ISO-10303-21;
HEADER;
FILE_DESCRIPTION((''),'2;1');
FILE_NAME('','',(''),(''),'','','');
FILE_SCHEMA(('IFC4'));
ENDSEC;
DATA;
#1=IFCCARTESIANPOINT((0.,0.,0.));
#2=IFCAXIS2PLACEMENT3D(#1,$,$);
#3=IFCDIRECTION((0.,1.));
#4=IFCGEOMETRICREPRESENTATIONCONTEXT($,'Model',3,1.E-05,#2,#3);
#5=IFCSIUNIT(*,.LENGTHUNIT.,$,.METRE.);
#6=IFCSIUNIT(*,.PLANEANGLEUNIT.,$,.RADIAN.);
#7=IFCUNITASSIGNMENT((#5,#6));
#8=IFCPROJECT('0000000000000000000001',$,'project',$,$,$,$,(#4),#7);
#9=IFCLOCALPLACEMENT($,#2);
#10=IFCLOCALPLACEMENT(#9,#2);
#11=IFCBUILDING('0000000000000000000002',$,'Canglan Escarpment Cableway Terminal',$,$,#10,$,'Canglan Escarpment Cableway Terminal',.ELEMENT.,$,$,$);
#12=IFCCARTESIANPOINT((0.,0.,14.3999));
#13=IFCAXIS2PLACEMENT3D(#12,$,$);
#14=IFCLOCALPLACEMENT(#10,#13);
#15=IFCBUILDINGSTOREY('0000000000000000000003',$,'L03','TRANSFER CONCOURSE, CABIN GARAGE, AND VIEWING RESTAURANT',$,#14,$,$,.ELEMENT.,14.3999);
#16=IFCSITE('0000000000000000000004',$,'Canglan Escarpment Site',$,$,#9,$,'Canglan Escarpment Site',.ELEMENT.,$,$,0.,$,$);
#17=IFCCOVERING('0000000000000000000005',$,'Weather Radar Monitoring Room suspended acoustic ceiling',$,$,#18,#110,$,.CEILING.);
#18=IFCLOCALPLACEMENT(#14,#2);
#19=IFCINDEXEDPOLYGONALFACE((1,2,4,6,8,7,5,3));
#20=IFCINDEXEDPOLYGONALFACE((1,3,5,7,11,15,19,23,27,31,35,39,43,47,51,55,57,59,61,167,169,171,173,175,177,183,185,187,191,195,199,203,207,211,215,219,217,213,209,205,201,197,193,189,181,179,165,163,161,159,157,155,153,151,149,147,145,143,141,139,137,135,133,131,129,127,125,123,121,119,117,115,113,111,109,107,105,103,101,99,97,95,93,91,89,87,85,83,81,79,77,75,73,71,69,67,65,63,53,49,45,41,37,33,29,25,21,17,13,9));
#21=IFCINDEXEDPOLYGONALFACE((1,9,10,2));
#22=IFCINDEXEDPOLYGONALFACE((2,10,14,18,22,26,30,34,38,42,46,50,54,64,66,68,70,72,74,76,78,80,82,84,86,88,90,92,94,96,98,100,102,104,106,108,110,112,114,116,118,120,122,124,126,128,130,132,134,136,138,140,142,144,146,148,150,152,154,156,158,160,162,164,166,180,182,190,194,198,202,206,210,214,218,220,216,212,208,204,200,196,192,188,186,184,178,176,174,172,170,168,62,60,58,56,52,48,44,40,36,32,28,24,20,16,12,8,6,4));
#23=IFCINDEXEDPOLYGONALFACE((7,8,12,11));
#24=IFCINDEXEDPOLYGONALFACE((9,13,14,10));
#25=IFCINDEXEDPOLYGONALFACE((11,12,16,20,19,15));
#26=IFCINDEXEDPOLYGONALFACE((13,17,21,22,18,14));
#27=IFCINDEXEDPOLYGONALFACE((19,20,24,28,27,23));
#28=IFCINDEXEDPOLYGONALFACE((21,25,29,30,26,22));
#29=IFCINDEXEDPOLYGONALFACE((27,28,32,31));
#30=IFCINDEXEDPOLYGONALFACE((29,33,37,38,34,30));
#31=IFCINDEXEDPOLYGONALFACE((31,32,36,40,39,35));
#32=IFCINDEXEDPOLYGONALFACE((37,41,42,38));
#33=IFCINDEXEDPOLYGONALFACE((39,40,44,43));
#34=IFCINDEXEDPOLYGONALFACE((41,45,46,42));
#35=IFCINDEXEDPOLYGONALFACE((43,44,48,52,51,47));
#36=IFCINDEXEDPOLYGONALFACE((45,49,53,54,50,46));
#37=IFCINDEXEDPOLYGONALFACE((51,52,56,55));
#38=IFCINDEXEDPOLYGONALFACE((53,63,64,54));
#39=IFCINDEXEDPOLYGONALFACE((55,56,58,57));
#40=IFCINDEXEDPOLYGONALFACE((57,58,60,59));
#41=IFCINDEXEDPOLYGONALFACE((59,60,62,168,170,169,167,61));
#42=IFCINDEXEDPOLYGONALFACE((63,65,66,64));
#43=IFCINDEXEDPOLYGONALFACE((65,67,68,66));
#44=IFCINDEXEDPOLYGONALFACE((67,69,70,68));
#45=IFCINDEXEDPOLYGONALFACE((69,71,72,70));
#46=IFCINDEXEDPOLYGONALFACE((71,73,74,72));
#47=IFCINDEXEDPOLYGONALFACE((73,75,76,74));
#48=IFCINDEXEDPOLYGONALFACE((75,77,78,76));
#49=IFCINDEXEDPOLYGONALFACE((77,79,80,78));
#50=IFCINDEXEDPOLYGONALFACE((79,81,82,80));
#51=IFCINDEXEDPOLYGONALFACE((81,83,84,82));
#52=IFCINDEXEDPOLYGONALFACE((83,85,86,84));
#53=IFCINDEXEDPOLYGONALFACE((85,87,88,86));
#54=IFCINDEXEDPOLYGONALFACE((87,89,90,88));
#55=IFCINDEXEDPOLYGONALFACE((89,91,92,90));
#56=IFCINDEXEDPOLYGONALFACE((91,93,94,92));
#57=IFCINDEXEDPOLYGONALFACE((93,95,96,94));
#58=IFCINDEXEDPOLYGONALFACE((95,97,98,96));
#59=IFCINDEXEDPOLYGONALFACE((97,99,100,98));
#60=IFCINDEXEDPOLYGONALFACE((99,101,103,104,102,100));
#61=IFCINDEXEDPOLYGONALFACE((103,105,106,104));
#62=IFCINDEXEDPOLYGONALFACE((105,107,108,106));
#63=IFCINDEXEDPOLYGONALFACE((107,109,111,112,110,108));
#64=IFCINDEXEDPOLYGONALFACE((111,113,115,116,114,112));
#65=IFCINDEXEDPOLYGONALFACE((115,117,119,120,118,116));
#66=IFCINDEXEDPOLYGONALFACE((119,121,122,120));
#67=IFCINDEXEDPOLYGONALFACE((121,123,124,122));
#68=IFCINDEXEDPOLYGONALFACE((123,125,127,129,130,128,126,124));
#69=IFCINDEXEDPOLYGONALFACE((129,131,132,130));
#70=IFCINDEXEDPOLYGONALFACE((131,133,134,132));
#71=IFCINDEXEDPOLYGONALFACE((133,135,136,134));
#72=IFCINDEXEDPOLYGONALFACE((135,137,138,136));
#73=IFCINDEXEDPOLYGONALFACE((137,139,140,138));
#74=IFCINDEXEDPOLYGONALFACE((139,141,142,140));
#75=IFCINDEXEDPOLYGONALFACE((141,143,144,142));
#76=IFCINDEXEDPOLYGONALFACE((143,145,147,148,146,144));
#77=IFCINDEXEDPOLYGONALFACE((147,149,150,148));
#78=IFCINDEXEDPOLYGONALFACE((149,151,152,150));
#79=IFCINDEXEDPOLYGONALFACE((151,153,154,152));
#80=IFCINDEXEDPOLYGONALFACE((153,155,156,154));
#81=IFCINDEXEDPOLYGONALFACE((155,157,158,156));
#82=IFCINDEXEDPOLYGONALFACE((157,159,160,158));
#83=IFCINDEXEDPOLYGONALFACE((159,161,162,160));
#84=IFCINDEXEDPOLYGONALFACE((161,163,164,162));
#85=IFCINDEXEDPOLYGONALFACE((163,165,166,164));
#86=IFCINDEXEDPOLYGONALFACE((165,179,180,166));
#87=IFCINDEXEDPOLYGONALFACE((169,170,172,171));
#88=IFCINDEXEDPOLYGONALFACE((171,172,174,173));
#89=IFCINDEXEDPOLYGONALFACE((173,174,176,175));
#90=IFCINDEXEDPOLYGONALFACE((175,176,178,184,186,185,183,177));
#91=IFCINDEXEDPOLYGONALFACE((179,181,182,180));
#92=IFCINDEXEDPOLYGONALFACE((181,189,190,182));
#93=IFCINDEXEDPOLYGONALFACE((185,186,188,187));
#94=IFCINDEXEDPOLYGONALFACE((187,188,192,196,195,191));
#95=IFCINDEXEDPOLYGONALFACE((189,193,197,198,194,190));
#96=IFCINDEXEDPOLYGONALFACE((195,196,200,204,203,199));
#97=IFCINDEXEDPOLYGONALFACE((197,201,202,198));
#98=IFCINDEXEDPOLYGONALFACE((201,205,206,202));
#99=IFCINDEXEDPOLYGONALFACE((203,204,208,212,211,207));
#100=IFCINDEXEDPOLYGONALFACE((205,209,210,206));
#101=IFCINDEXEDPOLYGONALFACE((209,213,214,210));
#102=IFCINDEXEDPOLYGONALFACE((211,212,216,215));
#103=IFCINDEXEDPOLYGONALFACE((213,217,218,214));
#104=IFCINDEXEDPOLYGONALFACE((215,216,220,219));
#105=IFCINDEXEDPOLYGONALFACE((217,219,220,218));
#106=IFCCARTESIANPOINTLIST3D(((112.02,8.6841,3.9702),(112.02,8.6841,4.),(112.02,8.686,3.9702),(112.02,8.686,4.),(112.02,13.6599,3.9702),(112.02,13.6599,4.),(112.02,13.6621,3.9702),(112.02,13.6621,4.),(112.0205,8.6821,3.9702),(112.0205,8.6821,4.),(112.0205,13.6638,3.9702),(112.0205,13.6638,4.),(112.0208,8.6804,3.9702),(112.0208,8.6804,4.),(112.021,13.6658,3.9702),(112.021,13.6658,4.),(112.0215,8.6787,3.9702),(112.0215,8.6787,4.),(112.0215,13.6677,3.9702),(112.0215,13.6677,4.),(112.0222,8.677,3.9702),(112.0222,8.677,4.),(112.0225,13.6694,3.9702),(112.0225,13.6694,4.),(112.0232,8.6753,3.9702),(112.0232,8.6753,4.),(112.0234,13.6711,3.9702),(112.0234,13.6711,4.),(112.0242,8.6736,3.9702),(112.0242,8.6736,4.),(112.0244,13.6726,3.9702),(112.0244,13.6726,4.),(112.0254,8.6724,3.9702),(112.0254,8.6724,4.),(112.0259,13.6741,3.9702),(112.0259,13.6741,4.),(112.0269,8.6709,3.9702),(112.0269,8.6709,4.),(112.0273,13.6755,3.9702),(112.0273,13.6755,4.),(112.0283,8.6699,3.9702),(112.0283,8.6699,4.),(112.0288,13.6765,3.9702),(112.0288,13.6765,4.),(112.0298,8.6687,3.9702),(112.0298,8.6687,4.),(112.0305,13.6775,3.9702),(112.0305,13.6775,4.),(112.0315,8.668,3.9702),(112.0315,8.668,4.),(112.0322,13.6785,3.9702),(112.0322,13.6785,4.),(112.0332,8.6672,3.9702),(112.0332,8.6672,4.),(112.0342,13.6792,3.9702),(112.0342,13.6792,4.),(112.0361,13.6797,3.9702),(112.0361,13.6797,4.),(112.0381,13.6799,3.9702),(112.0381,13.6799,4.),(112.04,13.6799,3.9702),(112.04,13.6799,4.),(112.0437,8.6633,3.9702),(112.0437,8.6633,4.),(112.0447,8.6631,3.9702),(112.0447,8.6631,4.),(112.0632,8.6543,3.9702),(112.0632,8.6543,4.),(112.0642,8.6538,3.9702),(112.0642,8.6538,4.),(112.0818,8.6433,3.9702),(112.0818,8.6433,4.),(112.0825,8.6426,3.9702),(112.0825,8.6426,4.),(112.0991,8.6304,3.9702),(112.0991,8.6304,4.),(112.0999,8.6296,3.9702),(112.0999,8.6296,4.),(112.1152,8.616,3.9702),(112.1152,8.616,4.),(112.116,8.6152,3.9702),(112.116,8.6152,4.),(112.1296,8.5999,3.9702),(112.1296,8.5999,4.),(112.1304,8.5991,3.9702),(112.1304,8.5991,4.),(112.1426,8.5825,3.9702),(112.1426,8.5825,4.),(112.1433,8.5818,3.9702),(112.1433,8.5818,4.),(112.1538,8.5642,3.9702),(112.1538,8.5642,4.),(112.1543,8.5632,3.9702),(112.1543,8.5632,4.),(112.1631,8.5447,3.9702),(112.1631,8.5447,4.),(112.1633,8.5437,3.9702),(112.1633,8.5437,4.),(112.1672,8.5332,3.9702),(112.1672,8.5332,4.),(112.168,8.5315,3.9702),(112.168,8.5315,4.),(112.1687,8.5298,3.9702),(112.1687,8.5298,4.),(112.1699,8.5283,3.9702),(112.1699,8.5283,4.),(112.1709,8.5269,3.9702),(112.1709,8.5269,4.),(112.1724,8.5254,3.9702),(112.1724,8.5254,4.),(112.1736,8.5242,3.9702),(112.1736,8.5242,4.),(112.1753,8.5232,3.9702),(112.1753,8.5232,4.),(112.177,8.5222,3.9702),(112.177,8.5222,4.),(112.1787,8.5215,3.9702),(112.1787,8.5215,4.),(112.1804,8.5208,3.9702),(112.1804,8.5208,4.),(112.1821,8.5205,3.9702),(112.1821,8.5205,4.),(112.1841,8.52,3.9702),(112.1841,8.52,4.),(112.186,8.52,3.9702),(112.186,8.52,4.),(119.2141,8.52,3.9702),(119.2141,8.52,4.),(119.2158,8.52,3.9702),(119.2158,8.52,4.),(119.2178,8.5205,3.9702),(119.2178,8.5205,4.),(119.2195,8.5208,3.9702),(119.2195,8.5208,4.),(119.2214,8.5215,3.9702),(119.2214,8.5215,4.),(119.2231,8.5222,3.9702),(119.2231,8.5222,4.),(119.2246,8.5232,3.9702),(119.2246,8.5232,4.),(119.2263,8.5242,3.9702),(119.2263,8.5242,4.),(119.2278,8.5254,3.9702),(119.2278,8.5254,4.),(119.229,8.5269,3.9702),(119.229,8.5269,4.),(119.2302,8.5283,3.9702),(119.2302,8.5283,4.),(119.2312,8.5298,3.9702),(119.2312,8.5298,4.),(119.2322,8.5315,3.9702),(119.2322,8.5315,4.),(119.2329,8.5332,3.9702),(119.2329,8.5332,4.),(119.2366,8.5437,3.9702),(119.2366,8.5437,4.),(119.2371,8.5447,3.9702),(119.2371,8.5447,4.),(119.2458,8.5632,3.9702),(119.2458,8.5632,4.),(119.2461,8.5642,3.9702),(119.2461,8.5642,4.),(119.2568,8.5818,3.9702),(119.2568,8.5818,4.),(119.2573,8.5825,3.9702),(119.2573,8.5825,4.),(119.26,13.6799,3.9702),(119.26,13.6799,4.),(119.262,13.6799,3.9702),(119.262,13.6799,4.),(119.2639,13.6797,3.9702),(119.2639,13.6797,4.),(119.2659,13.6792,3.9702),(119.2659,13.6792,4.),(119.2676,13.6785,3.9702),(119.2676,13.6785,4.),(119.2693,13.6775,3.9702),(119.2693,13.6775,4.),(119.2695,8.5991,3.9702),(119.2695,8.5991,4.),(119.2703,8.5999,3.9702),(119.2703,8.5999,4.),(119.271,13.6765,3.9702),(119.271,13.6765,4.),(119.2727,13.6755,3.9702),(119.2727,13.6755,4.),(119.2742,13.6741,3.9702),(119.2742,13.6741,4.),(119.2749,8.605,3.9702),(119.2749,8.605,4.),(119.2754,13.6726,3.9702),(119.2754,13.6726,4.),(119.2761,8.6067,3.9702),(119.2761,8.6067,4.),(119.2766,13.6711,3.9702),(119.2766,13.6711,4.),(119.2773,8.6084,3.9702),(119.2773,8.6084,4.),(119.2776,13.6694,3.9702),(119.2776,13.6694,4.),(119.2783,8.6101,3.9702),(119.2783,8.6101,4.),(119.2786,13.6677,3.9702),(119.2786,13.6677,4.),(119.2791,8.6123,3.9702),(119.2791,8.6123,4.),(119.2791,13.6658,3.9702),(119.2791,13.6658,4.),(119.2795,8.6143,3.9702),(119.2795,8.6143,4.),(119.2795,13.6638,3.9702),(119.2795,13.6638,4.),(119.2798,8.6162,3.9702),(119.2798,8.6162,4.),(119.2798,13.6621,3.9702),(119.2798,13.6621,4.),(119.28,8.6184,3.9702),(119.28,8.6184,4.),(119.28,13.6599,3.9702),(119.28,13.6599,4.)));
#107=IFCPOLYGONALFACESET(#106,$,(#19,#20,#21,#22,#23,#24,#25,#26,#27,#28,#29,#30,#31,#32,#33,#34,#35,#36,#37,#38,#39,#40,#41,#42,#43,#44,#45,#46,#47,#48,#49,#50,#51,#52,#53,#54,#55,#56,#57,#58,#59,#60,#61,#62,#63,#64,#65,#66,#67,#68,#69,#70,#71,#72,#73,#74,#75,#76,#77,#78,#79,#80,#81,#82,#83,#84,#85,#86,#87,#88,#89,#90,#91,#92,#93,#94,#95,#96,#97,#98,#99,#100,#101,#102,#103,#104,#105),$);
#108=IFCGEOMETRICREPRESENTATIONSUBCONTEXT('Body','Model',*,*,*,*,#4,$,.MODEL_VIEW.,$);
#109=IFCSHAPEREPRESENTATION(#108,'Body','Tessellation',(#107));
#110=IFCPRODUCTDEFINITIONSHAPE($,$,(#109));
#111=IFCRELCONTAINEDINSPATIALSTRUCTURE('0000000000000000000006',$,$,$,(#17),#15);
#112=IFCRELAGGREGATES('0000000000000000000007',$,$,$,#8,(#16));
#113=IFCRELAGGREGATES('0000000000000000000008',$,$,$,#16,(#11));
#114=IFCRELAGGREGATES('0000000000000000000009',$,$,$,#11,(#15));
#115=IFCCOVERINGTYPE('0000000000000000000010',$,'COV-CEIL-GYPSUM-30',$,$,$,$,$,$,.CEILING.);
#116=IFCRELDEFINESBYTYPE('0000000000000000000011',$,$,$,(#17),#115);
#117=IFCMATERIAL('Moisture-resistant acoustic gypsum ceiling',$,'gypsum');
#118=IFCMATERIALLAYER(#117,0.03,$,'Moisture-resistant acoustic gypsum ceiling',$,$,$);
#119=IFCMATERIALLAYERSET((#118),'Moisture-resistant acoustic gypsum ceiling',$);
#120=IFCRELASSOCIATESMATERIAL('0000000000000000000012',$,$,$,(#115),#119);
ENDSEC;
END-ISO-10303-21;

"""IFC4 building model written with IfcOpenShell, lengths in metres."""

from ifc_helpers import new_model, si_unit, direction, frame, origin, place, context, subcontext, project, spatial, polyline, outline, extrude, material, layer, layer_set, type_object, element, save


model = new_model("IFC4")

# Units and contexts
model_context = context("Model", 3, precision=1e-05, world=origin(), true_north=direction((0.0, 1.0)))
body_context = subcontext(model_context, "Body", "Model", "MODEL_VIEW")
ifc_project = project(units=[si_unit("LENGTHUNIT", "METRE"), si_unit("PLANEANGLEUNIT", "RADIAN")], contexts=[model_context])

# Site, building, storey
site_placement = place(None, origin())
site = spatial("IfcSite", under=ifc_project, at=site_placement, Name="Canglan Escarpment Site", LongName="Canglan Escarpment Site", CompositionType="ELEMENT", RefElevation=0.0)
building_placement = place(site_placement, origin())
building = spatial("IfcBuilding", under=site, at=building_placement, Name="Canglan Escarpment Cableway Terminal", LongName="Canglan Escarpment Cableway Terminal", CompositionType="ELEMENT")
storey_placement = place(building_placement, frame((0.0, 0.0, 14.3999)))
storey = spatial("IfcBuildingStorey", under=building, at=storey_placement, Name="L03", Description="TRANSFER CONCOURSE, CABIN GARAGE, AND VIEWING RESTAURANT", CompositionType="ELEMENT", Elevation=14.3999)

# Covering
ifc_material_1 = material(Name="Moisture-resistant acoustic gypsum ceiling", Category="gypsum")
ifc_layer_1 = layer(ifc_material_1, 0.03, Name="Moisture-resistant acoustic gypsum ceiling")
ifc_layer_set_1 = layer_set([ifc_layer_1], Name="Moisture-resistant acoustic gypsum ceiling")
covering_type_1 = type_object("IfcCoveringType", Name="COV-CEIL-GYPSUM-30", PredefinedType="CEILING", material=ifc_layer_set_1)
covering_1_placement = place(storey_placement, frame((0.0, 0.0, 3.9702)))
element("IfcCovering", 1, at=covering_1_placement, inside=storey, type_object=covering_type_1, Name="Weather Radar Monitoring Room suspended acoustic ceiling", PredefinedType="CEILING", context=body_context, shape_type="SweptSolid", body=[
    extrude(outline(polyline([(112.0332, 8.6672), (112.0315, 8.668), (112.0298, 8.6687), (112.0283, 8.6699), (112.0269, 8.6709), (112.0254, 8.6724), (112.0242, 8.6736), (112.0232, 8.6753), (112.0222, 8.677), (112.0215, 8.6787), (112.0208, 8.6804), (112.0205, 8.6821), (112.02, 8.6841), (112.02, 8.686), (112.02, 13.6599), (112.02, 13.6621), (112.0205, 13.6638), (112.021, 13.6658), (112.0215, 13.6677), (112.0225, 13.6694), (112.0234, 13.6711), (112.0244, 13.6726), (112.0259, 13.6741), (112.0273, 13.6755), (112.0288, 13.6765), (112.0305, 13.6775), (112.0322, 13.6785), (112.0342, 13.6792), (112.0361, 13.6797), (112.0381, 13.6799), (112.04, 13.6799), (119.26, 13.6799), (119.262, 13.6799), (119.2639, 13.6797), (119.2659, 13.6792), (119.2676, 13.6785), (119.2693, 13.6775), (119.271, 13.6765), (119.2727, 13.6755), (119.2742, 13.6741), (119.2754, 13.6726), (119.2766, 13.6711), (119.2776, 13.6694), (119.2786, 13.6677), (119.2791, 13.6658), (119.2795, 13.6638), (119.2798, 13.6621), (119.28, 13.6599), (119.28, 8.6184), (119.2798, 8.6162), (119.2795, 8.6143), (119.2791, 8.6123), (119.2783, 8.6101), (119.2773, 8.6084), (119.2761, 8.6067), (119.2749, 8.605), (119.2703, 8.5999), (119.2695, 8.5991), (119.2573, 8.5825), (119.2568, 8.5818), (119.2461, 8.5642), (119.2458, 8.5632), (119.2371, 8.5447), (119.2366, 8.5437), (119.2329, 8.5332), (119.2322, 8.5315), (119.2312, 8.5298), (119.2302, 8.5283), (119.229, 8.5269), (119.2278, 8.5254), (119.2263, 8.5242), (119.2246, 8.5232), (119.2231, 8.5222), (119.2214, 8.5215), (119.2195, 8.5208), (119.2178, 8.5205), (119.2158, 8.52), (119.2141, 8.52), (112.186, 8.52), (112.1841, 8.52), (112.1821, 8.5205), (112.1804, 8.5208), (112.1787, 8.5215), (112.177, 8.5222), (112.1753, 8.5232), (112.1736, 8.5242), (112.1724, 8.5254), (112.1709, 8.5269), (112.1699, 8.5283), (112.1687, 8.5298), (112.168, 8.5315), (112.1672, 8.5332), (112.1633, 8.5437), (112.1631, 8.5447), (112.1543, 8.5632), (112.1538, 8.5642), (112.1433, 8.5818), (112.1426, 8.5825), (112.1304, 8.5991), (112.1296, 8.5999), (112.116, 8.6152), (112.1152, 8.616), (112.0999, 8.6296), (112.0991, 8.6304), (112.0825, 8.6426), (112.0818, 8.6433), (112.0642, 8.6538), (112.0632, 8.6543), (112.0447, 8.6631), (112.0437, 8.6633), (112.0332, 8.6672)])), origin(), (0.0, 0.0, 1.0), 0.0298),
])

save(model, "model.ifc")
